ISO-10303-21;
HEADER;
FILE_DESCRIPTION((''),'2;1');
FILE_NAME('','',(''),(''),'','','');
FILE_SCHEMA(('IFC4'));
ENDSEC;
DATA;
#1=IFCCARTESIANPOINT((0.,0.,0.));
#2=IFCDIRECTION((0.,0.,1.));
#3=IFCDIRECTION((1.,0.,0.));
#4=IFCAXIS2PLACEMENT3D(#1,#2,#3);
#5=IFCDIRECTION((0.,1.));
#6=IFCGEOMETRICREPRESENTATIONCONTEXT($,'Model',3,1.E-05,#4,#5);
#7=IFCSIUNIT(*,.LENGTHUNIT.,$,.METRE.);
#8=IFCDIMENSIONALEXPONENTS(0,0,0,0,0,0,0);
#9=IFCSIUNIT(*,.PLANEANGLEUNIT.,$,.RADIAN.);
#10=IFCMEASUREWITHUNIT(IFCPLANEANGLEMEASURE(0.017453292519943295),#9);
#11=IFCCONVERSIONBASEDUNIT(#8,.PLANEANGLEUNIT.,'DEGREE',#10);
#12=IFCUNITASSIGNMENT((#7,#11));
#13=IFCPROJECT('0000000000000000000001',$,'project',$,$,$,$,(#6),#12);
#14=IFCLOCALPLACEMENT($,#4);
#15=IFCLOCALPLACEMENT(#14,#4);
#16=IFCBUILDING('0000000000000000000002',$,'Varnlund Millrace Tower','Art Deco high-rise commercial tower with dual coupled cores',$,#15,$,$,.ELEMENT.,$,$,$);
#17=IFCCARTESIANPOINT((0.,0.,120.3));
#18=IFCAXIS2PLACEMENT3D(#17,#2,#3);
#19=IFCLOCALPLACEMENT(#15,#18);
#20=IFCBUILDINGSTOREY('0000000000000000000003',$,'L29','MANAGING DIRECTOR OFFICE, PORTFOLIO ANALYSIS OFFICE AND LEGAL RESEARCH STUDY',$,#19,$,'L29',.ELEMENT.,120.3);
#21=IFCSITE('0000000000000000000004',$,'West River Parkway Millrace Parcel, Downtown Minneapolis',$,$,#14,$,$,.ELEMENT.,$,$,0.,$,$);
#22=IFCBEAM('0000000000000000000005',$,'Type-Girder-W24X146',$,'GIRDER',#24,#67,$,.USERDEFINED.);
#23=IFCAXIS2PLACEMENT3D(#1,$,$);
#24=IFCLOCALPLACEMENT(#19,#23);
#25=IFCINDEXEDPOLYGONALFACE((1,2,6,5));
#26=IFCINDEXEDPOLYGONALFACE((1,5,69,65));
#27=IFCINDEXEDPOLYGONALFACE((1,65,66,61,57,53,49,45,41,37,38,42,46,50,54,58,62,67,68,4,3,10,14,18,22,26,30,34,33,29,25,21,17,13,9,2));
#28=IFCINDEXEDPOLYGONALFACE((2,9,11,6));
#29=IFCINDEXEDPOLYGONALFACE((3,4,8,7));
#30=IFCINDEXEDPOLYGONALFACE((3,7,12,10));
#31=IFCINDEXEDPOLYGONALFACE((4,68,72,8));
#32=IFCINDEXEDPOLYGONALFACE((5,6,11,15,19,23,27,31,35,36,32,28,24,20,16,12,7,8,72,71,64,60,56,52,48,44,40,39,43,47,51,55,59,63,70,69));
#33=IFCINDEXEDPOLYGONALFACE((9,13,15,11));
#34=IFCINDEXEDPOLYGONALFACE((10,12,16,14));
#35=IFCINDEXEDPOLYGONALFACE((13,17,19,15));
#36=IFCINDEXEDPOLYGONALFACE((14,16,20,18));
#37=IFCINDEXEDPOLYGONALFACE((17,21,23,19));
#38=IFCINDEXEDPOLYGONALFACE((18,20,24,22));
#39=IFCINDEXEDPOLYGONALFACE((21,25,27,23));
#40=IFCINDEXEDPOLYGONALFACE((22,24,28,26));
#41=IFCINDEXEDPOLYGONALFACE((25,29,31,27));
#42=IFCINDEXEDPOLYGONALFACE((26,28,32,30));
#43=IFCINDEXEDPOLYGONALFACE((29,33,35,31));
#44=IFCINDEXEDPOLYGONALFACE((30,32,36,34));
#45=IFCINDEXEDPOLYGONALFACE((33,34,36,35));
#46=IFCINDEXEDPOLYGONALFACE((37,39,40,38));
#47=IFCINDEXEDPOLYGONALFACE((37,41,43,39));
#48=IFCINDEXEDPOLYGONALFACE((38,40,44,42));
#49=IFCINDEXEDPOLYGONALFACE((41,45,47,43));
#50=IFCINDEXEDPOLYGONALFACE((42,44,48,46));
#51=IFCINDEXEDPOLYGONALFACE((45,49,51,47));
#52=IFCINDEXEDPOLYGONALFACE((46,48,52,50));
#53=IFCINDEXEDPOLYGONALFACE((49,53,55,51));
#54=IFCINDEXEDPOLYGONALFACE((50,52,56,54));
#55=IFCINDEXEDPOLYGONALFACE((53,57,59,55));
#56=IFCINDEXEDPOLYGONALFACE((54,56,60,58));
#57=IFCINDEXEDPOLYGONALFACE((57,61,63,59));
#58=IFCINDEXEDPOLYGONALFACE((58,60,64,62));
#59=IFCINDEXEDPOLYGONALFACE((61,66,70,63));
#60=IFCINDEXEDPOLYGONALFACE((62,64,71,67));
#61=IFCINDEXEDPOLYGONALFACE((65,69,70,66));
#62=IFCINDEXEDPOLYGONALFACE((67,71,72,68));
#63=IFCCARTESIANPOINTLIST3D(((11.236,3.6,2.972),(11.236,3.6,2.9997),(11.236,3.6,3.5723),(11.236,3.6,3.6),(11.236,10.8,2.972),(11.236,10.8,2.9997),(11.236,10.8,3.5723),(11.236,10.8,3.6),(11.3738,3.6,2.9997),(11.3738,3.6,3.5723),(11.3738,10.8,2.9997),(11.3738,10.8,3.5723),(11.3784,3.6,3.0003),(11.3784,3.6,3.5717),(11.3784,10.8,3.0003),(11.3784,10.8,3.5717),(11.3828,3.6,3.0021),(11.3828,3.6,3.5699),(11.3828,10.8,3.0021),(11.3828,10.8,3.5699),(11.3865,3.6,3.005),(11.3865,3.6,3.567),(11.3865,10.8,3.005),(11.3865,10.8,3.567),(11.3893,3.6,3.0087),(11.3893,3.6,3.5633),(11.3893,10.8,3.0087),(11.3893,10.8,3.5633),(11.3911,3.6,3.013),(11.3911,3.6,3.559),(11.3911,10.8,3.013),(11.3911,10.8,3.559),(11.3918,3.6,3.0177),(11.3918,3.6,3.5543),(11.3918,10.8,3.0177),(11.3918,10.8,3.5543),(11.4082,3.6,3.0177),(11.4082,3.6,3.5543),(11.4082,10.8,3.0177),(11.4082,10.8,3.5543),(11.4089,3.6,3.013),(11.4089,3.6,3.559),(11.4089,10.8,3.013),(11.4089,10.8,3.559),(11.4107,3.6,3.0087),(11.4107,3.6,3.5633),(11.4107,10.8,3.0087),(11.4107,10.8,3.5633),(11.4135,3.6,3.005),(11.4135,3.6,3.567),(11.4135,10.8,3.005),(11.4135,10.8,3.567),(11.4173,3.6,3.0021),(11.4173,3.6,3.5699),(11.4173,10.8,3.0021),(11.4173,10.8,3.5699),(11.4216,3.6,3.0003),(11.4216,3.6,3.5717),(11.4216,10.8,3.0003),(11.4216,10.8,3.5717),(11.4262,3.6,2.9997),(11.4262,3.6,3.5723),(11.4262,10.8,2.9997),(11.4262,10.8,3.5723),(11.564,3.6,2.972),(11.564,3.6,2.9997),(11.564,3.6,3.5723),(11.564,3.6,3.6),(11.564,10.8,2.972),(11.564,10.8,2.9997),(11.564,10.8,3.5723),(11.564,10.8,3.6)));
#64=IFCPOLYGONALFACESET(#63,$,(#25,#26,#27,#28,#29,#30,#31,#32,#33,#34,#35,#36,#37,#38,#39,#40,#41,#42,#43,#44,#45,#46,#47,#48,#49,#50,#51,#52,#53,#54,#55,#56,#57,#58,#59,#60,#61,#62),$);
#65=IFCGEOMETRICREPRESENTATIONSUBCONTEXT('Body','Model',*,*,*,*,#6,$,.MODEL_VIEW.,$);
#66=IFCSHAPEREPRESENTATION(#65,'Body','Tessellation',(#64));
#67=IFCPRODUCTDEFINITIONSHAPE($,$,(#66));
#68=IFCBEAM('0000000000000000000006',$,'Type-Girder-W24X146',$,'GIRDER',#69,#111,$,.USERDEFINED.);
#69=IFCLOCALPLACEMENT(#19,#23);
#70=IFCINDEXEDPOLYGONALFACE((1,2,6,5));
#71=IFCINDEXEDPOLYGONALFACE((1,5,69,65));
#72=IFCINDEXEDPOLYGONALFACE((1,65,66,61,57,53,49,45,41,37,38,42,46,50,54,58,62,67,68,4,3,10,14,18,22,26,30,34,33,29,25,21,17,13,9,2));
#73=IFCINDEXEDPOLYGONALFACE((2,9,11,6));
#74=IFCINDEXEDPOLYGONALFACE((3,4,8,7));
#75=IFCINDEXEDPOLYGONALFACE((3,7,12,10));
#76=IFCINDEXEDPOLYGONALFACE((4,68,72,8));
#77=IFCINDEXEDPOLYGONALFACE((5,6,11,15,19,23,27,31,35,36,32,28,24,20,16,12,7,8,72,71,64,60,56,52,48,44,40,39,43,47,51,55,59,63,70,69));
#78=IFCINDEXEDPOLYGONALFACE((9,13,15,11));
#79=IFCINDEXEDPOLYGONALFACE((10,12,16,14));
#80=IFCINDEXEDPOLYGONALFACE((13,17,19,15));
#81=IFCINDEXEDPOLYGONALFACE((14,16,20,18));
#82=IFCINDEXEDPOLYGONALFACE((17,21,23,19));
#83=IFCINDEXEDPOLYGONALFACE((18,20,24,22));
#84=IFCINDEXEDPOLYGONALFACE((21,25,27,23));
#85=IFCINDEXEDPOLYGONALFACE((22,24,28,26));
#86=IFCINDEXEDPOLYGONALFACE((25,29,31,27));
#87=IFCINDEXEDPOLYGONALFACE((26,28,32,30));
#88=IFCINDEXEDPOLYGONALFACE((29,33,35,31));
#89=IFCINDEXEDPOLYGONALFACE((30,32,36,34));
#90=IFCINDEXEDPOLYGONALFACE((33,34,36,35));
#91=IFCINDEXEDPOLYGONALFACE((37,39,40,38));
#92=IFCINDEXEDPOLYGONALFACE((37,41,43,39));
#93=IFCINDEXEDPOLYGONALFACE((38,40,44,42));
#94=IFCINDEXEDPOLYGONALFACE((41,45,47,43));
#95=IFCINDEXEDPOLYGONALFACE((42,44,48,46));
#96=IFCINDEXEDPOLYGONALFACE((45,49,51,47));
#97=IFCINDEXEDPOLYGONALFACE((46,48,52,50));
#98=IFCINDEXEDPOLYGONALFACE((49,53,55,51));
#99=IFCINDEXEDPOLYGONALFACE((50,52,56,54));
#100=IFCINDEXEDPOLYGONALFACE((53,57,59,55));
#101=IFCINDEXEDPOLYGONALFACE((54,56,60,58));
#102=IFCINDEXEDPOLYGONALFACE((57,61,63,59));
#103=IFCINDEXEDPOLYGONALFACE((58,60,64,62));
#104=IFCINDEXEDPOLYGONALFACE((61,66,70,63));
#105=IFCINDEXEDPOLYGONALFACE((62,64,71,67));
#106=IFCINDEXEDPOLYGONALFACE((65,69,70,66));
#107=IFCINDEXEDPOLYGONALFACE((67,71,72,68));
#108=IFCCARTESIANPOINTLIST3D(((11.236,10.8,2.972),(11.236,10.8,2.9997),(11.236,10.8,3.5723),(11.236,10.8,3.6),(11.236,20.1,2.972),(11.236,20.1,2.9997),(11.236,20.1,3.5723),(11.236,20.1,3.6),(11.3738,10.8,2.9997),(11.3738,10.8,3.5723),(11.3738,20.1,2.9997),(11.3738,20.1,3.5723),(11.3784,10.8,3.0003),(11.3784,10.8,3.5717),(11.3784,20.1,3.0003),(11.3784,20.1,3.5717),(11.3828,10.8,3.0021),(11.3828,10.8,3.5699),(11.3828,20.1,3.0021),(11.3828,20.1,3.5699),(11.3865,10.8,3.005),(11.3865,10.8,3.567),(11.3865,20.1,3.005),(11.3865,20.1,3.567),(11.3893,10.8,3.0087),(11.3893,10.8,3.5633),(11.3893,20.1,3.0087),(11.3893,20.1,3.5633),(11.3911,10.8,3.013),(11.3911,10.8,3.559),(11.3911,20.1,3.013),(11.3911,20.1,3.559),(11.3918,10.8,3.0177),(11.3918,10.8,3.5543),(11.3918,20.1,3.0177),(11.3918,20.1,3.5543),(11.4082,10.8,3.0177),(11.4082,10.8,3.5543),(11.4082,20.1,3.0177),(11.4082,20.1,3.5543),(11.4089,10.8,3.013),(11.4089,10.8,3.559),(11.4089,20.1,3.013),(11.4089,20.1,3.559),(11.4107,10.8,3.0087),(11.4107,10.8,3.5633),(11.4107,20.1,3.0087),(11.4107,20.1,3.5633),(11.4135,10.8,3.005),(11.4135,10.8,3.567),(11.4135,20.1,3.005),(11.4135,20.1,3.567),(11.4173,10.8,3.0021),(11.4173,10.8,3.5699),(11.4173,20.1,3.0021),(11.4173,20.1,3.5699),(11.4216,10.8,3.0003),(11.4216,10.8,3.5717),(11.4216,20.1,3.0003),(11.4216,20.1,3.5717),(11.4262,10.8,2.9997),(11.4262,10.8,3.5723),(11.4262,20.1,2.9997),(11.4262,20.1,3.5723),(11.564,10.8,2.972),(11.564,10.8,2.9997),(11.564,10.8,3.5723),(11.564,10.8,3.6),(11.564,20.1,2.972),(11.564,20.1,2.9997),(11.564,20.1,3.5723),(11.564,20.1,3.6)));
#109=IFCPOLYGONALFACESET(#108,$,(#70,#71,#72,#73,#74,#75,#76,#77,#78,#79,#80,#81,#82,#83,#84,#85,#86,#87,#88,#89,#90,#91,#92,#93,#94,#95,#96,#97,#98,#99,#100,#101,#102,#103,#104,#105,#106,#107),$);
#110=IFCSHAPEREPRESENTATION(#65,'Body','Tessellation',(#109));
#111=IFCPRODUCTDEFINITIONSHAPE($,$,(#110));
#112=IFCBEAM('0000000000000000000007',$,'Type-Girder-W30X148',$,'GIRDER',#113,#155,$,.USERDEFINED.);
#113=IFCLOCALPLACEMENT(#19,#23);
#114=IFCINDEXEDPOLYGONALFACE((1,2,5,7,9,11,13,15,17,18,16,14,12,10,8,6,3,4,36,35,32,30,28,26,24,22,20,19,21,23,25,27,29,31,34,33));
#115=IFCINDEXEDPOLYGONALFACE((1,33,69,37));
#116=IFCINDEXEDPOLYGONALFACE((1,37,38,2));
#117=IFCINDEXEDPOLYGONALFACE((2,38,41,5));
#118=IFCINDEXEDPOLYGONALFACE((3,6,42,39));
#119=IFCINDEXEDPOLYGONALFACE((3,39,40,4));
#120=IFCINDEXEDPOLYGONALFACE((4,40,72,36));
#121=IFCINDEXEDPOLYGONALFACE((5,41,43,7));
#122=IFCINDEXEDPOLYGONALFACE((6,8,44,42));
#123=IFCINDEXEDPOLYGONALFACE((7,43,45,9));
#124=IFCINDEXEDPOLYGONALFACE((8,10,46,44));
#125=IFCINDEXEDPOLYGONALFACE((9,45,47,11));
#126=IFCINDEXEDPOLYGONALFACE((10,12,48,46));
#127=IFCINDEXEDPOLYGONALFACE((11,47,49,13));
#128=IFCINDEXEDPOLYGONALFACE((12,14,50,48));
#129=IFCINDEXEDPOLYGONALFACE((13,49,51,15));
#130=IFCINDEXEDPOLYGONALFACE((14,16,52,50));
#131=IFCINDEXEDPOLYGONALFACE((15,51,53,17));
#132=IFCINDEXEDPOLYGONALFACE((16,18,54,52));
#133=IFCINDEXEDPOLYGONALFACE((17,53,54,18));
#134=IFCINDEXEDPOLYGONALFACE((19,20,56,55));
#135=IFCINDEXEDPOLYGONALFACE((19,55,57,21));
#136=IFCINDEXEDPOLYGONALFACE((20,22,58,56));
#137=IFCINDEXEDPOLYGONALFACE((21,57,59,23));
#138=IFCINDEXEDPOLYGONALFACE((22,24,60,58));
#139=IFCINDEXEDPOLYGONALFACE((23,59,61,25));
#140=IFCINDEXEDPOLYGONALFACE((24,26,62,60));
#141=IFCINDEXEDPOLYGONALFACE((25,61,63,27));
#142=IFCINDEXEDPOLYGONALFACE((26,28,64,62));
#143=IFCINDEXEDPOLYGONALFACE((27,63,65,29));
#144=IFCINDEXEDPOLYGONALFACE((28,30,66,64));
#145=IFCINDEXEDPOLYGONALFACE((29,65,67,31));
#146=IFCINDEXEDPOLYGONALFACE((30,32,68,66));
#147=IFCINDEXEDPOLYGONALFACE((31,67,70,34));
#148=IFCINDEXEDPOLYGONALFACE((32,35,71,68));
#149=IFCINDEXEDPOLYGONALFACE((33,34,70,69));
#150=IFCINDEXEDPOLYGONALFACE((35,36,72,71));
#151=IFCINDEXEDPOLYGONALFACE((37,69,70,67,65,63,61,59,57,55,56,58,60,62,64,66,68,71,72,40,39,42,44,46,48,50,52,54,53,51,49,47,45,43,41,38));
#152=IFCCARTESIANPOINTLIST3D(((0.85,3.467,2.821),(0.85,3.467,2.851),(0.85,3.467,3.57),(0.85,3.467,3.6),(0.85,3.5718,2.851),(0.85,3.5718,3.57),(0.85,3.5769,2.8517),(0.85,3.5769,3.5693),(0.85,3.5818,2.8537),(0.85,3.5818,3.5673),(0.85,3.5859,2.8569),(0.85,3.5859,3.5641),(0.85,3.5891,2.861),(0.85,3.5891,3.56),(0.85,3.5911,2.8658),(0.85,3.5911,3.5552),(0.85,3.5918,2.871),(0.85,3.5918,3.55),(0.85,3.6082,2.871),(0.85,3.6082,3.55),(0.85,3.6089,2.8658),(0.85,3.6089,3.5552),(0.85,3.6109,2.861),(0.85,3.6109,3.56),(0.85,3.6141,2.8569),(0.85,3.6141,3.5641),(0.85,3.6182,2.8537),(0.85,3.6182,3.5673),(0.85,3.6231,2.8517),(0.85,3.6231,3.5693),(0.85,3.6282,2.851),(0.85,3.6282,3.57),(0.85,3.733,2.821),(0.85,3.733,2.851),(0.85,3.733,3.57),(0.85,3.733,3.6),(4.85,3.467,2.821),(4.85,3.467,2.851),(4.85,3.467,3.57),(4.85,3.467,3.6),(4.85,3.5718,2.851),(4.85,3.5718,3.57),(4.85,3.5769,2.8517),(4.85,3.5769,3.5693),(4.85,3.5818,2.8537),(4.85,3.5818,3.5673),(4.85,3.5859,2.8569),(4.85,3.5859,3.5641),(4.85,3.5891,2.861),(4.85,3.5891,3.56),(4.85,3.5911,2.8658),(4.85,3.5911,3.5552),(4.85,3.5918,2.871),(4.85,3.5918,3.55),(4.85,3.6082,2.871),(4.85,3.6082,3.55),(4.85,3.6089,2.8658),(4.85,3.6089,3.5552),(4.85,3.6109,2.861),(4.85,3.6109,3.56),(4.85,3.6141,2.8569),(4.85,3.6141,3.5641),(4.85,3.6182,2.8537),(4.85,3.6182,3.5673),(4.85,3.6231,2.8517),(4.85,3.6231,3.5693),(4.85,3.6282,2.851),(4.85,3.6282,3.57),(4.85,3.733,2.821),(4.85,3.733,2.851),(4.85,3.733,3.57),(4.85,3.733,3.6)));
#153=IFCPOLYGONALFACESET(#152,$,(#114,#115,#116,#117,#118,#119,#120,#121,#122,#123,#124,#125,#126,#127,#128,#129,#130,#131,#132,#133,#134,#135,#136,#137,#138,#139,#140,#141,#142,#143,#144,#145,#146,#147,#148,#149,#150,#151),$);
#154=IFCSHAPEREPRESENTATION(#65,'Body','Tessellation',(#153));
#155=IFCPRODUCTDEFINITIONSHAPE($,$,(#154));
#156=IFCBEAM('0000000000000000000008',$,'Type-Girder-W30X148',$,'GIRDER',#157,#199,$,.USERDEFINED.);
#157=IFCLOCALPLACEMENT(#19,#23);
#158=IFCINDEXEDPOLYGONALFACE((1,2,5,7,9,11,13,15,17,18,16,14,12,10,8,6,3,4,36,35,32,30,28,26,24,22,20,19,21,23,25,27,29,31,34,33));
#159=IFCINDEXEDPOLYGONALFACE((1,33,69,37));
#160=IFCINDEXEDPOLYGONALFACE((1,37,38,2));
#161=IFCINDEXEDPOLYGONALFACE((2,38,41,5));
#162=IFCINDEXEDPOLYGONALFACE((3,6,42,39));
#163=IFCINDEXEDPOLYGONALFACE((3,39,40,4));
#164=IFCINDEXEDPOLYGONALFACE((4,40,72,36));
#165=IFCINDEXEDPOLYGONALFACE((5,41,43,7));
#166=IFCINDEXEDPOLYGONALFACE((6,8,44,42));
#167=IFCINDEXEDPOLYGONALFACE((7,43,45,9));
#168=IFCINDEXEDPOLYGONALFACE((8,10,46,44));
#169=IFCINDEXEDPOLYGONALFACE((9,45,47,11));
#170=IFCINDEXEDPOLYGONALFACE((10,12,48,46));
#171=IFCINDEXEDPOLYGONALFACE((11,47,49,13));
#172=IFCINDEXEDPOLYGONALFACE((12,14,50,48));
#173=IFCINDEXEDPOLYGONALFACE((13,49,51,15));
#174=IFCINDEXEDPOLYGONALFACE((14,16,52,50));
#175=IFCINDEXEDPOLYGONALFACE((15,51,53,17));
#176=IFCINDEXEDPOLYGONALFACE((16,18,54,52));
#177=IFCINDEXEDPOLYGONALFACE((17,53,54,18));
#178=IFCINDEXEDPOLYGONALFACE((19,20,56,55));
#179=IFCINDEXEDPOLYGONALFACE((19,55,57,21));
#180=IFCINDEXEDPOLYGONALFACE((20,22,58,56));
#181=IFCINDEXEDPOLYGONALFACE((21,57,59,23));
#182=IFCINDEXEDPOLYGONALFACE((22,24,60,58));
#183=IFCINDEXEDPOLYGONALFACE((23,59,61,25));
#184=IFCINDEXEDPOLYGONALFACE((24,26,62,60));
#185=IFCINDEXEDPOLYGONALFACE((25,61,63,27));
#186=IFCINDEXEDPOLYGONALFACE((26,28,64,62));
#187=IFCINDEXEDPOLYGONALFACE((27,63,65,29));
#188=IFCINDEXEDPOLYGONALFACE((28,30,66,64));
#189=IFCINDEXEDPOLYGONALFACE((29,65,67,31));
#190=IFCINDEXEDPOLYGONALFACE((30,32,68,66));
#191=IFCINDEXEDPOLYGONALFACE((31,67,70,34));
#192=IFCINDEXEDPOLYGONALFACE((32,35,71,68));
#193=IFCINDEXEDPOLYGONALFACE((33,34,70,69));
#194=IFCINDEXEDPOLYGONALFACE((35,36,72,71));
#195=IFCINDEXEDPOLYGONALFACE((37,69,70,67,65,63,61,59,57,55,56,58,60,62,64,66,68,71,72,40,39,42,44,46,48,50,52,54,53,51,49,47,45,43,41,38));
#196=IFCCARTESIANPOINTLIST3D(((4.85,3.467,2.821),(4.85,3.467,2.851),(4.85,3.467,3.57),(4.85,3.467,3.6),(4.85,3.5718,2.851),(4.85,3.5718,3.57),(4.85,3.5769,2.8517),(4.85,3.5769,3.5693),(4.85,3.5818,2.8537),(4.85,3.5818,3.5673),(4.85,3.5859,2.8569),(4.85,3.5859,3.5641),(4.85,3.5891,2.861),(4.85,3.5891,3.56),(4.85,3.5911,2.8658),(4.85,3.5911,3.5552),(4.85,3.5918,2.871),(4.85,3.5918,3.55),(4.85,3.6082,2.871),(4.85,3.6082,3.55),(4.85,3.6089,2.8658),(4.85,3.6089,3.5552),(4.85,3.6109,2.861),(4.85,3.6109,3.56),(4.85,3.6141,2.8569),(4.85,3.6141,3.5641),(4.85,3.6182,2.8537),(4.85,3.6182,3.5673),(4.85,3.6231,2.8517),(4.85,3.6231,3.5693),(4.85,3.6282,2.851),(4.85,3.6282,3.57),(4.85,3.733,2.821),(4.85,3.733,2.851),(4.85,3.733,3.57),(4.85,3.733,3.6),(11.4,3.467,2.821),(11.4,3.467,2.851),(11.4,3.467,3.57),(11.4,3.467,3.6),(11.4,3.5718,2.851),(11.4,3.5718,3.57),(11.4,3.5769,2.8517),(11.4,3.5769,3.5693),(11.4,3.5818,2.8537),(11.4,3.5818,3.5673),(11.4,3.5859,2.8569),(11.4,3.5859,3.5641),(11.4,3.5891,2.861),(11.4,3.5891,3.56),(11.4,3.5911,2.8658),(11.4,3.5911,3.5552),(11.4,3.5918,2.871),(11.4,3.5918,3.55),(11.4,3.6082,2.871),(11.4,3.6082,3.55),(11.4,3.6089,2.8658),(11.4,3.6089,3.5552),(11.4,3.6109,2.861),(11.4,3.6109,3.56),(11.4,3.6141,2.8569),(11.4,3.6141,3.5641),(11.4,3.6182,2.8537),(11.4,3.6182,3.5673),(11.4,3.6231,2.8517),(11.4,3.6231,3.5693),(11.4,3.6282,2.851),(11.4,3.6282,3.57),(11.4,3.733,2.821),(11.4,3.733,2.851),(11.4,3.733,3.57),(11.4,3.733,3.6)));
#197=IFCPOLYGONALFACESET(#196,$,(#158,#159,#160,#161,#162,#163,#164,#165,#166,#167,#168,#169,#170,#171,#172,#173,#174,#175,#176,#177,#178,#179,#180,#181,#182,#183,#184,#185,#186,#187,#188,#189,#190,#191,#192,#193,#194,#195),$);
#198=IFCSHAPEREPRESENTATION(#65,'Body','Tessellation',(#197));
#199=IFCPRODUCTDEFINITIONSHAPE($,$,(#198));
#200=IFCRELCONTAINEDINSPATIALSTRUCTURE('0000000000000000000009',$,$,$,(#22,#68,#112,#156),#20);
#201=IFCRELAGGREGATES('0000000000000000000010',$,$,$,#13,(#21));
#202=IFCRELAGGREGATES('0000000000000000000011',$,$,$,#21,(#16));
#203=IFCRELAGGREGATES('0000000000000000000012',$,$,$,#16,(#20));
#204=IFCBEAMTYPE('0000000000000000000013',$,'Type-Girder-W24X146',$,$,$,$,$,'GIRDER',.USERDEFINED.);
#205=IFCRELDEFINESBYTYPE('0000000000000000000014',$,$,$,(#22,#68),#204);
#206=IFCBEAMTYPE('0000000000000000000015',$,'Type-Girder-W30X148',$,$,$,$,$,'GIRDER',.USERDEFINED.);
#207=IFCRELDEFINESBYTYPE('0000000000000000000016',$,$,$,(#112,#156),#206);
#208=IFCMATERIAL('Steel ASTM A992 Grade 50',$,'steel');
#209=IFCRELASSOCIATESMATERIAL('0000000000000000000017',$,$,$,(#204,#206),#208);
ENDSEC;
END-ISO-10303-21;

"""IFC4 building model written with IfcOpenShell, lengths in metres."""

from ifc_helpers import new_model, entity, si_unit, converted_unit, direction, frame, origin_with_axes, origin_2d_with_axis, place, context, subcontext, project, spatial, i_section, extrude, material, material_profile, profile_set, type_object, element, save


model = new_model("IFC4")

# Units and contexts
model_context = context("Model", 3, precision=1e-05, world=origin_with_axes(), true_north=direction((0.0, 1.0)))
body_context = subcontext(model_context, "Body", "Model", "MODEL_VIEW")
ifc_project = project(units=[si_unit("LENGTHUNIT", "METRE"), converted_unit("PLANEANGLEUNIT", "DEGREE", entity("IfcPlaneAngleMeasure", 0.017453292519943295), si_unit("PLANEANGLEUNIT", "RADIAN"), dimensions=[0, 0, 0, 0, 0, 0, 0])], contexts=[model_context])

# Site, building, storey
site_placement = place(None, origin_with_axes())
site = spatial("IfcSite", under=ifc_project, at=site_placement, Name="West River Parkway Millrace Parcel, Downtown Minneapolis", CompositionType="ELEMENT", RefElevation=0.0)
building_placement = place(site_placement, origin_with_axes())
building = spatial("IfcBuilding", under=site, at=building_placement, Name="Varnlund Millrace Tower", Description="Art Deco high-rise commercial tower with dual coupled cores", CompositionType="ELEMENT")
storey_placement = place(building_placement, frame((0.0, 0.0, 120.3), z_axis=(0.0, 0.0, 1.0), x_axis=(1.0, 0.0, 0.0)))
storey = spatial("IfcBuildingStorey", under=building, at=storey_placement, Name="L29", Description="MANAGING DIRECTOR OFFICE, PORTFOLIO ANALYSIS OFFICE AND LEGAL RESEARCH STUDY", LongName="L29", CompositionType="ELEMENT", Elevation=120.3)

# Beams
ifc_material_1 = material(Name="Steel ASTM A992 Grade 50", Category="steel")
ifc_material_profile_1 = material_profile(ifc_material_1, i_section(OverallWidth=0.328, OverallDepth=0.628, WebThickness=0.0165, FlangeThickness=0.0277, FilletRadius=0.018, at=origin_2d_with_axis()), Name="Steel ASTM A992 Grade 50")
ifc_profile_set_1 = profile_set([ifc_material_profile_1], Name="Steel ASTM A992 Grade 50")
beam_type_1 = type_object("IfcBeamType", Name="Type-Girder-W24X146", ElementType="GIRDER", PredefinedType="USERDEFINED", material=ifc_profile_set_1)
beam_1_placement = place(storey_placement, frame((11.4, 3.6, 3.286), z_axis=(0.0, 1.0, 0.0), x_axis=(-1.0, 0.0, 0.0)))
element("IfcBeam", 1, at=beam_1_placement, inside=storey, type_object=beam_type_1, Name="Type-Girder-W24X146", ObjectType="GIRDER", PredefinedType="USERDEFINED", context=body_context, shape_type="SweptSolid", body=[
    extrude(i_section(OverallWidth=0.328, OverallDepth=0.628, WebThickness=0.0165, FlangeThickness=0.0277, FilletRadius=0.018, at=origin_2d_with_axis()), origin_with_axes(), (0.0, 0.0, 1.0), 7.2),
])
beam_2_placement = place(storey_placement, frame((11.4, 10.8, 3.286), z_axis=(0.0, 1.0, 0.0), x_axis=(-1.0, 0.0, 0.0)))
element("IfcBeam", 2, at=beam_2_placement, inside=storey, type_object=beam_type_1, Name="Type-Girder-W24X146", ObjectType="GIRDER", PredefinedType="USERDEFINED", context=body_context, shape_type="SweptSolid", body=[
    extrude(i_section(OverallWidth=0.328, OverallDepth=0.628, WebThickness=0.0165, FlangeThickness=0.0277, FilletRadius=0.018, at=origin_2d_with_axis()), origin_with_axes(), (0.0, 0.0, 1.0), 9.3),
])
ifc_material_profile_2 = material_profile(ifc_material_1, i_section(OverallWidth=0.266, OverallDepth=0.779, WebThickness=0.0165, FlangeThickness=0.03, FilletRadius=0.02, at=origin_2d_with_axis()), Name="Steel ASTM A992 Grade 50")
ifc_profile_set_2 = profile_set([ifc_material_profile_2], Name="Steel ASTM A992 Grade 50")
beam_type_2 = type_object("IfcBeamType", Name="Type-Girder-W30X148", ElementType="GIRDER", PredefinedType="USERDEFINED", material=ifc_profile_set_2)
beam_3_placement = place(storey_placement, frame((0.85, 3.6, 3.2105), z_axis=(1.0, 0.0, 0.0), x_axis=(0.0, 1.0, 0.0)))
element("IfcBeam", 3, at=beam_3_placement, inside=storey, type_object=beam_type_2, Name="Type-Girder-W30X148", ObjectType="GIRDER", PredefinedType="USERDEFINED", context=body_context, shape_type="SweptSolid", body=[
    extrude(i_section(OverallWidth=0.266, OverallDepth=0.779, WebThickness=0.0165, FlangeThickness=0.03, FilletRadius=0.02, at=origin_2d_with_axis()), origin_with_axes(), (0.0, 0.0, 1.0), 4.0),
])
beam_4_placement = place(storey_placement, frame((4.85, 3.6, 3.2105), z_axis=(1.0, 0.0, 0.0), x_axis=(0.0, 1.0, 0.0)))
element("IfcBeam", 4, at=beam_4_placement, inside=storey, type_object=beam_type_2, Name="Type-Girder-W30X148", ObjectType="GIRDER", PredefinedType="USERDEFINED", context=body_context, shape_type="SweptSolid", body=[
    extrude(i_section(OverallWidth=0.266, OverallDepth=0.779, WebThickness=0.0165, FlangeThickness=0.03, FilletRadius=0.02, at=origin_2d_with_axis()), origin_with_axes(), (0.0, 0.0, 1.0), 6.55),
])

save(model, "model.ifc")
